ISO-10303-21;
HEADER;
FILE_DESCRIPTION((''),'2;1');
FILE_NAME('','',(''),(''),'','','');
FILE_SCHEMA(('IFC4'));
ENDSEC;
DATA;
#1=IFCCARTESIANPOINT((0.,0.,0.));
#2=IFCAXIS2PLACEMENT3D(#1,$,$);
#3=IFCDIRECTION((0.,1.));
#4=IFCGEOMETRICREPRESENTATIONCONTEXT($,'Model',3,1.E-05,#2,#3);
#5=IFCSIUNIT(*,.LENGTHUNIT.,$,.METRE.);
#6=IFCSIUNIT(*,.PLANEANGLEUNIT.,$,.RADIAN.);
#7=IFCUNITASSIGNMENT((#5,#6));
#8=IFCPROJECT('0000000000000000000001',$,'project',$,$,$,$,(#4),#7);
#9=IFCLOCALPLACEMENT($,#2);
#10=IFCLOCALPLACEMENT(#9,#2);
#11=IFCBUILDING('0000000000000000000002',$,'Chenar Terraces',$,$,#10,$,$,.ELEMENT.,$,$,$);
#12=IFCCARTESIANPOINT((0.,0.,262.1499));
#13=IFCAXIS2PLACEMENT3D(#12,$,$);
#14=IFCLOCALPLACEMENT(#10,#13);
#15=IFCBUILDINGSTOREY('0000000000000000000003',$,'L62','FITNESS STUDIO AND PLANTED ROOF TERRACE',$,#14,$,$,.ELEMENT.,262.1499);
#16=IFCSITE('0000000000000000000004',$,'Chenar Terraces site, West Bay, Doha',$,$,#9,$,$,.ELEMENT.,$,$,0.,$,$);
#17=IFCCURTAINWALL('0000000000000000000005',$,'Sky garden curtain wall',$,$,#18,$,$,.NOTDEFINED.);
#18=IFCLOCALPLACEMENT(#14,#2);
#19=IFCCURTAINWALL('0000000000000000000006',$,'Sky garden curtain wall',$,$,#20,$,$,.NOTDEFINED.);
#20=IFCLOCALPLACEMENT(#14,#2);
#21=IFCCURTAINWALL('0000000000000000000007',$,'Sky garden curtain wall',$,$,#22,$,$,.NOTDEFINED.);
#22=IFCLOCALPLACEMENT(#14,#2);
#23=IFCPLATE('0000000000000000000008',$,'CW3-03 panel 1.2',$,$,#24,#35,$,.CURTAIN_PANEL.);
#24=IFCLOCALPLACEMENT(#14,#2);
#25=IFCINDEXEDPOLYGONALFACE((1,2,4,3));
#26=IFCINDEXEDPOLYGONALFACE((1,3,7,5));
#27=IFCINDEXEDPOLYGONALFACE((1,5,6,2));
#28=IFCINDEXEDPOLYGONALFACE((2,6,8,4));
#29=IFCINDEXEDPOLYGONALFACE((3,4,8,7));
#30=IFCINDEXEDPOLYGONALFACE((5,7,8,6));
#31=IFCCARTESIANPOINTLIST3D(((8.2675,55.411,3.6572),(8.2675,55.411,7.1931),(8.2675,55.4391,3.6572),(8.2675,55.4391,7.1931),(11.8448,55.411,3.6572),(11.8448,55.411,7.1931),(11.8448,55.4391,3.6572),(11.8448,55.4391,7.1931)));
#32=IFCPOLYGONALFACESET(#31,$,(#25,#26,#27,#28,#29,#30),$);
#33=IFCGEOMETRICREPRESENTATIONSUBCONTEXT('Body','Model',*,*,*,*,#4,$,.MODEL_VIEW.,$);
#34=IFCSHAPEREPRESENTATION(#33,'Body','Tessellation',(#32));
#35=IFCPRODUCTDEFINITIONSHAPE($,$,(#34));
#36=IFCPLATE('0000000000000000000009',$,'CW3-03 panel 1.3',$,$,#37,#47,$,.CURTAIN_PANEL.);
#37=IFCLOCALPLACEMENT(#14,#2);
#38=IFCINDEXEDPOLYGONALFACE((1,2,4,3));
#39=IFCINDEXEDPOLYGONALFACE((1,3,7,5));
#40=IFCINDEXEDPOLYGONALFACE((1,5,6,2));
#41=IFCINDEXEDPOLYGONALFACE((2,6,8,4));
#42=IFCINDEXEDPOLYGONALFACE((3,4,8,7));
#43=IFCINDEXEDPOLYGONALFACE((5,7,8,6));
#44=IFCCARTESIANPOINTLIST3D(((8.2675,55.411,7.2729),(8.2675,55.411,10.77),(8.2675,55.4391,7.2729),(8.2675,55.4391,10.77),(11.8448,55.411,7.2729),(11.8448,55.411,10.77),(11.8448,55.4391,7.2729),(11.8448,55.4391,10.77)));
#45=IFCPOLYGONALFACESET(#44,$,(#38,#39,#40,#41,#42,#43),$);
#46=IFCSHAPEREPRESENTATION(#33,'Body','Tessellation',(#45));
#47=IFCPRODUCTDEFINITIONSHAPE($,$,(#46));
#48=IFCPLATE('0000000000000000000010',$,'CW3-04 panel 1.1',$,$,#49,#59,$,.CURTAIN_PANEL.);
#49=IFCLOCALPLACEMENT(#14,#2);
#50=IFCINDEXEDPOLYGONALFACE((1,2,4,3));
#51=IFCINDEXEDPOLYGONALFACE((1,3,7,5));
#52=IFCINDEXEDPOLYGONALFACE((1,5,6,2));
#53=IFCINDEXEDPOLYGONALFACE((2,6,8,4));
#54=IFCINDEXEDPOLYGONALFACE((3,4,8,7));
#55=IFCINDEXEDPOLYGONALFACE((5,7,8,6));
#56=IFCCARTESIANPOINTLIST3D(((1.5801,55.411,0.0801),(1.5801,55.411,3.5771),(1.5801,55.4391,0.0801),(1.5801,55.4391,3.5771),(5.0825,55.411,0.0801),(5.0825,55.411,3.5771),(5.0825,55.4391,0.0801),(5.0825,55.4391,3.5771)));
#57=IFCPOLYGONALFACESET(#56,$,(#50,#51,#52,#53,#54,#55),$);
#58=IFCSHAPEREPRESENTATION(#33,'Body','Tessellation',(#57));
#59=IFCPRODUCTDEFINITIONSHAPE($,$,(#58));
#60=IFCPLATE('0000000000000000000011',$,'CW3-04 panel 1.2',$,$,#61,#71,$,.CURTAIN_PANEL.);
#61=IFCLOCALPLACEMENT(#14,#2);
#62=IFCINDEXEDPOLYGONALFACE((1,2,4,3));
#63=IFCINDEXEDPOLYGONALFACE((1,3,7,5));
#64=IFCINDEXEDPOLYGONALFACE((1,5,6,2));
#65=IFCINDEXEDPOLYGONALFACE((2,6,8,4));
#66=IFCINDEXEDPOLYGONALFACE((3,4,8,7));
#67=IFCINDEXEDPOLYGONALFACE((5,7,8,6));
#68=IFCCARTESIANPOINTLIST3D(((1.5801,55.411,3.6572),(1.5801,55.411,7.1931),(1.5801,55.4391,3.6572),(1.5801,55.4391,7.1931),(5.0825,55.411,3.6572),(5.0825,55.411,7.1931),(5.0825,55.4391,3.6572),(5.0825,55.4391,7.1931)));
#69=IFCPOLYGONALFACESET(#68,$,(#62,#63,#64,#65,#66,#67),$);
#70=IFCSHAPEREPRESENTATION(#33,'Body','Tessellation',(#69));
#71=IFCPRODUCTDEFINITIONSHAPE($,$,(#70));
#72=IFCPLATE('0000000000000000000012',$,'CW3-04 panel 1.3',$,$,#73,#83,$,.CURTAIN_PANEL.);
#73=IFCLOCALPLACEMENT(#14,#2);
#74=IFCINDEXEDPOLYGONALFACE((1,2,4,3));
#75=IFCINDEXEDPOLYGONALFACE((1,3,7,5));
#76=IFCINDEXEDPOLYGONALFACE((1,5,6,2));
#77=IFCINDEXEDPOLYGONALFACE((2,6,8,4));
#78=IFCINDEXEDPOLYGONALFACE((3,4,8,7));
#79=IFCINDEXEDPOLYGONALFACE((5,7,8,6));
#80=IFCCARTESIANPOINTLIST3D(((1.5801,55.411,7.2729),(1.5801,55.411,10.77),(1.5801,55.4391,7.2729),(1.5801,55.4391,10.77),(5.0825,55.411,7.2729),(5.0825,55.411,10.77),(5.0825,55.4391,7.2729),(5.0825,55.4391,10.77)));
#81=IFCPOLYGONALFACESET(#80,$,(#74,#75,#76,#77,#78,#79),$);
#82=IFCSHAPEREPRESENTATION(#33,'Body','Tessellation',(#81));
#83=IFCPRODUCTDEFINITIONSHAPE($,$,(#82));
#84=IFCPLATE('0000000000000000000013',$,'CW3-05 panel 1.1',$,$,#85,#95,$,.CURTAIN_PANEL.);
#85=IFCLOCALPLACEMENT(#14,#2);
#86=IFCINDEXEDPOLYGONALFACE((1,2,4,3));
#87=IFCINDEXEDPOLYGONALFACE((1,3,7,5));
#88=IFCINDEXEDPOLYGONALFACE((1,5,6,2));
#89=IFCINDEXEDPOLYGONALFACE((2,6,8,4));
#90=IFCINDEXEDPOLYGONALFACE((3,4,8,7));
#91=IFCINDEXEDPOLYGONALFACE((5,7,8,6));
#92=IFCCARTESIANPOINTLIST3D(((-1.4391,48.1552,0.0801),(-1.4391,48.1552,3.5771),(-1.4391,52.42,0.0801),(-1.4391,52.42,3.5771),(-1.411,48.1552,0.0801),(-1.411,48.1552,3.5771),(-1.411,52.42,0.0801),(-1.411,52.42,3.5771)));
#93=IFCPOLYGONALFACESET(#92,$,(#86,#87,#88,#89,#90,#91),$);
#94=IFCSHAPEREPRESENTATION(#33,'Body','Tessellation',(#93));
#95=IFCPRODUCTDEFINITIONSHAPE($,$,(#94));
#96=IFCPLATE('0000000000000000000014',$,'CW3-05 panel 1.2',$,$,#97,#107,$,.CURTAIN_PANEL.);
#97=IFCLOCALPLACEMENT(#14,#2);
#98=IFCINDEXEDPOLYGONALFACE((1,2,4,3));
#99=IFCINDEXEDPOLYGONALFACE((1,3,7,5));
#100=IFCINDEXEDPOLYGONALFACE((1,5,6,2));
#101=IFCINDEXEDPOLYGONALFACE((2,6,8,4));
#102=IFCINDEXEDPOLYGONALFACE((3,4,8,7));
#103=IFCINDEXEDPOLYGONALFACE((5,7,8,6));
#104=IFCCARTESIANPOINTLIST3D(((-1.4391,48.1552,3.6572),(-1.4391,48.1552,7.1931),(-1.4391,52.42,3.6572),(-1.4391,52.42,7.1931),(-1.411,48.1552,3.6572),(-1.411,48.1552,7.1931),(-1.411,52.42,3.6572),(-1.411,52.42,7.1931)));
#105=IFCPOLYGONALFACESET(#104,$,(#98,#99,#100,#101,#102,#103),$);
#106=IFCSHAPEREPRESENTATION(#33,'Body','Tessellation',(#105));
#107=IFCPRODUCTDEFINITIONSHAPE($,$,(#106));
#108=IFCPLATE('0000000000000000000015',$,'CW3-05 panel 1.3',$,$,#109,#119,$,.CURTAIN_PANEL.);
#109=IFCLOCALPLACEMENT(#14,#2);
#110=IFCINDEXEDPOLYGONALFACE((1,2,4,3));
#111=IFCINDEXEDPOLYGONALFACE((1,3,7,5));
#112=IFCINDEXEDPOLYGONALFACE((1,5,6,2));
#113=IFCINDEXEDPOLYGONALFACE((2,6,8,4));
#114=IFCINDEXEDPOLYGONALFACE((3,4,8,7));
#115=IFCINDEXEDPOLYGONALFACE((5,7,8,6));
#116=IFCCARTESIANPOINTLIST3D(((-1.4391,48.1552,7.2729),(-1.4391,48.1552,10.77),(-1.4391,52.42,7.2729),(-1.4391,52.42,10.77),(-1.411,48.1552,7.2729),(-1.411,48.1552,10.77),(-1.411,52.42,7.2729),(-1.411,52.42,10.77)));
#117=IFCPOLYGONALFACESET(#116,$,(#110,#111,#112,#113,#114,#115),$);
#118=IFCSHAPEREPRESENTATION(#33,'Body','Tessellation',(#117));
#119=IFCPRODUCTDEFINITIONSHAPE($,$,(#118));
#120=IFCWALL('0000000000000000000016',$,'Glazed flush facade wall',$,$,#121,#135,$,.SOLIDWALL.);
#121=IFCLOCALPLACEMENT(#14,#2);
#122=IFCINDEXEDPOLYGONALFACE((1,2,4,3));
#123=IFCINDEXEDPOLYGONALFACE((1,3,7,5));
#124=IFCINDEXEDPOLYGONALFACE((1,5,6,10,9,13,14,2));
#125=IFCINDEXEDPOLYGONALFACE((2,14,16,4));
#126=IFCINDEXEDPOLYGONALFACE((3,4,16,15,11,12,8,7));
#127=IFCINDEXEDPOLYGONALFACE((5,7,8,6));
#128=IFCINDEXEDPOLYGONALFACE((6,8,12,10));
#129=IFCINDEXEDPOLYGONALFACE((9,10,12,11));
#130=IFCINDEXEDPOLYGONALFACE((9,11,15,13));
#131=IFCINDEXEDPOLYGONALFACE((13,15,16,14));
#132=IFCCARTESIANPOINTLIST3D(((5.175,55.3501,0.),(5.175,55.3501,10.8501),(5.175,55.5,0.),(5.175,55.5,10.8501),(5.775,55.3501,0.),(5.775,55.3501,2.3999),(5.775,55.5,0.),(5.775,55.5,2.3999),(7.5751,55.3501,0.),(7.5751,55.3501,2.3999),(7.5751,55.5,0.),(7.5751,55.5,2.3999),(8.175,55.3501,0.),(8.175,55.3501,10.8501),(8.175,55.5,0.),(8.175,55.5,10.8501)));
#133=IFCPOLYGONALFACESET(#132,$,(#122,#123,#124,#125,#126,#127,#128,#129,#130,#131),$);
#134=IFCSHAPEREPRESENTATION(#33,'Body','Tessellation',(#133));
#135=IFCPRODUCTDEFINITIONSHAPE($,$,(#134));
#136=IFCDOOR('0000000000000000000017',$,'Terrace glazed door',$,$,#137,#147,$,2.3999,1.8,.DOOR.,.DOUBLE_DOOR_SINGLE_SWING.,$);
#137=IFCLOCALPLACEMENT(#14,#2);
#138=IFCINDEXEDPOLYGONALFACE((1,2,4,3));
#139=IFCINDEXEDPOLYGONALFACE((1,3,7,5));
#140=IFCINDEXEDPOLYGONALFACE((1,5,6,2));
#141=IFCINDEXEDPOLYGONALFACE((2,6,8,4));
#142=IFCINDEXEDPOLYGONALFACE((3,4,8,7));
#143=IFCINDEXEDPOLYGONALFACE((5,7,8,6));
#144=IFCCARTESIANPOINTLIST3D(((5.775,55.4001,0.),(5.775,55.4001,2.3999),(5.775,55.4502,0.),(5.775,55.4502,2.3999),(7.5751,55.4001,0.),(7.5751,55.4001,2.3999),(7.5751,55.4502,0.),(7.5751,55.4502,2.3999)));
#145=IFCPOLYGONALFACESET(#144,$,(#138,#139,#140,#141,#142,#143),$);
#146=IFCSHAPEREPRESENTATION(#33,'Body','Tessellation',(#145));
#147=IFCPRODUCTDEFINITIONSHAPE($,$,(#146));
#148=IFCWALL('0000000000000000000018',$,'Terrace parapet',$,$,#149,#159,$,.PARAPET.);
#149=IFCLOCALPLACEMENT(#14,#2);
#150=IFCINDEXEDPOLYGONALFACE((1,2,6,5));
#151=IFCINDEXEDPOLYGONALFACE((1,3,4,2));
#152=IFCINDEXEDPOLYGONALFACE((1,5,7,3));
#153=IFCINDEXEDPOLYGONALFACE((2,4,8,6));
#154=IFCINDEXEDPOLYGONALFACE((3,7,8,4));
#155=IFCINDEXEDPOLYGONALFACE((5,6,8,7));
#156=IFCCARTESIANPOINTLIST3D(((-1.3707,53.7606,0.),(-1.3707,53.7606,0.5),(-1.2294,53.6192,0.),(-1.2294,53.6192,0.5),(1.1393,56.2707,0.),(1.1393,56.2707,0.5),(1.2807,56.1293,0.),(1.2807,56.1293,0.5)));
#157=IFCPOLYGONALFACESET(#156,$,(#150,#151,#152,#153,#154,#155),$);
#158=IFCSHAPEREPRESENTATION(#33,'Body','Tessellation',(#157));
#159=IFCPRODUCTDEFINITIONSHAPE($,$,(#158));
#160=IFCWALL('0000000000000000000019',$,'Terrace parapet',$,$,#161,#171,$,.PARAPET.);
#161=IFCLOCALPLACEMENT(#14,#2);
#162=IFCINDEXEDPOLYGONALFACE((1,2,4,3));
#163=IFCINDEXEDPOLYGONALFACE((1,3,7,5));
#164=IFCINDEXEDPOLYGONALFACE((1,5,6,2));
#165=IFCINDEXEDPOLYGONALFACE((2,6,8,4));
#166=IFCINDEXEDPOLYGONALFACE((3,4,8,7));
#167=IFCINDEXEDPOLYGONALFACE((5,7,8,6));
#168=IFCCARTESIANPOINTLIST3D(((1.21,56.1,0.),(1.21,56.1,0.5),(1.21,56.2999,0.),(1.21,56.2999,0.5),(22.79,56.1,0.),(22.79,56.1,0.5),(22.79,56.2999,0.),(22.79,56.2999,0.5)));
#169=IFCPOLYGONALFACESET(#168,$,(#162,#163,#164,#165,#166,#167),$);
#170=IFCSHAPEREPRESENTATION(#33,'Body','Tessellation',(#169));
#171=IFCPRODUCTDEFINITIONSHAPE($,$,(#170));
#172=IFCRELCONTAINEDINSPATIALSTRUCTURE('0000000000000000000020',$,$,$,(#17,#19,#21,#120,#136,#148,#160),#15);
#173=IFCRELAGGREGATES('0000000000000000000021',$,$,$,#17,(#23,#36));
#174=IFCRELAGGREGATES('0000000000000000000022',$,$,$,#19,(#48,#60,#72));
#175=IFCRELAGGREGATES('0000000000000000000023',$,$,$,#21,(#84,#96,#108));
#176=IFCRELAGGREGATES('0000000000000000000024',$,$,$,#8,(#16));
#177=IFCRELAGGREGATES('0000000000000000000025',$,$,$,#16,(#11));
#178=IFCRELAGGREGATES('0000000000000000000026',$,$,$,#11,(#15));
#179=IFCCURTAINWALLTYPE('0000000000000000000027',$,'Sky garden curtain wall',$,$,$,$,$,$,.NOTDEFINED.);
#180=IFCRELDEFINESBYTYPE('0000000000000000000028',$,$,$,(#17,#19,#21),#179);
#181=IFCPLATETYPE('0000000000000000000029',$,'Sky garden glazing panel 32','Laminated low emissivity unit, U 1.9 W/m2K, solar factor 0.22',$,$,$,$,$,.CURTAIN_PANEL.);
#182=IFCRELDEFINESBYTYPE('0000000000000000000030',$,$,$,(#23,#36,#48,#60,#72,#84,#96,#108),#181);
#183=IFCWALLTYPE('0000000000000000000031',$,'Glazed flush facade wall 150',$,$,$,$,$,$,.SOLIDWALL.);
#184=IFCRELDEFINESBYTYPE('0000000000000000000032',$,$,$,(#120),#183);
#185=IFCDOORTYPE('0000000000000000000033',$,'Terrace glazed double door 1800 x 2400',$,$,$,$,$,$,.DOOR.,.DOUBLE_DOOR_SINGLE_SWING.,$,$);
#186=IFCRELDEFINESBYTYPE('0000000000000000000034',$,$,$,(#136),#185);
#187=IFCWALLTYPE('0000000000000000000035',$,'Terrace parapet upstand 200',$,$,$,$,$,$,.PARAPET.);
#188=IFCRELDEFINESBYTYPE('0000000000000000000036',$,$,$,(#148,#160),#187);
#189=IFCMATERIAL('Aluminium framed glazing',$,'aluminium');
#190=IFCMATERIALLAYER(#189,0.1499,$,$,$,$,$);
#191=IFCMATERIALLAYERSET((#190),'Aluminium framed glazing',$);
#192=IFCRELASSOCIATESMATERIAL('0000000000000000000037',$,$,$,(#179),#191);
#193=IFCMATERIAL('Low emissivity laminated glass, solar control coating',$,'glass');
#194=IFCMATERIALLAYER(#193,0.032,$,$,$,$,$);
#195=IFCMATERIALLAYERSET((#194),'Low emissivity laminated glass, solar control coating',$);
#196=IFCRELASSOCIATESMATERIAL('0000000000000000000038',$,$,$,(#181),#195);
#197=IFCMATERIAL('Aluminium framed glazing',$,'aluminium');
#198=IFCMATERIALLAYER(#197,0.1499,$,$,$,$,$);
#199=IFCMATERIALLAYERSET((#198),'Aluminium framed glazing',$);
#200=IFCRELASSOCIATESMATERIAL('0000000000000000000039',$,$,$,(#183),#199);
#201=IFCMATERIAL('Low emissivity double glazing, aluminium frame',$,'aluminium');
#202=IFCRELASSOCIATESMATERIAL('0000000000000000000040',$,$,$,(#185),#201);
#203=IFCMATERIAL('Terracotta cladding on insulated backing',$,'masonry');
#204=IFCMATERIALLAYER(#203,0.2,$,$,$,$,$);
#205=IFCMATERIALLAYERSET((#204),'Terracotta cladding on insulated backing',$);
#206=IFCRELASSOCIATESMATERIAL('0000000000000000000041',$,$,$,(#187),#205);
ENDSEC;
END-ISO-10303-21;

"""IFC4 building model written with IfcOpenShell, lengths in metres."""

from ifc_helpers import new_model, si_unit, direction, frame, frame_2d, origin, origin_2d, place, context, subcontext, project, spatial, rectangle, extrude, material, layer, layer_set, type_object, element, fill, aggregate, save


model = new_model("IFC4")

# Units and contexts
model_context = context("Model", 3, precision=1e-05, world=origin(), true_north=direction((0.0, 1.0)))
body_context = subcontext(model_context, "Body", "Model", "MODEL_VIEW")
ifc_project = project(units=[si_unit("LENGTHUNIT", "METRE"), si_unit("PLANEANGLEUNIT", "RADIAN")], contexts=[model_context])

# Site, building, storey
site_placement = place(None, origin())
site = spatial("IfcSite", under=ifc_project, at=site_placement, Name="Chenar Terraces site, West Bay, Doha", CompositionType="ELEMENT", RefElevation=0.0)
building_placement = place(site_placement, origin())
building = spatial("IfcBuilding", under=site, at=building_placement, Name="Chenar Terraces", CompositionType="ELEMENT")
storey_placement = place(building_placement, frame((0.0, 0.0, 262.1499)))
storey = spatial("IfcBuildingStorey", under=building, at=storey_placement, Name="L62", Description="FITNESS STUDIO AND PLANTED ROOF TERRACE", CompositionType="ELEMENT", Elevation=262.1499)

# Curtain wall
ifc_material_1 = material(Name="Aluminium framed glazing", Category="aluminium")
ifc_layer_1 = layer(ifc_material_1, 0.1499)
ifc_layer_set_1 = layer_set([ifc_layer_1], Name="Aluminium framed glazing")
curtain_wall_type = type_object("IfcCurtainWallType", Name="Sky garden curtain wall", PredefinedType="NOTDEFINED", material=ifc_layer_set_1)
placement = place(storey_placement, origin())
curtain_wall_1 = element("IfcCurtainWall", 1, at=placement, inside=storey, type_object=curtain_wall_type, Name="Sky garden curtain wall", PredefinedType="NOTDEFINED")

# Curtain wall
curtain_wall_2 = element("IfcCurtainWall", 2, at=placement, inside=storey, type_object=curtain_wall_type, Name="Sky garden curtain wall", PredefinedType="NOTDEFINED")

# Curtain wall
curtain_wall_3 = element("IfcCurtainWall", 3, at=placement, inside=storey, type_object=curtain_wall_type, Name="Sky garden curtain wall", PredefinedType="NOTDEFINED")

# Plates
ifc_material_2 = material(Name="Low emissivity laminated glass, solar control coating", Category="glass")
ifc_layer_2 = layer(ifc_material_2, 0.032)
ifc_layer_set_2 = layer_set([ifc_layer_2], Name="Low emissivity laminated glass, solar control coating")
plate_type = type_object("IfcPlateType", Name="Sky garden glazing panel 32", Description="Laminated low emissivity unit, U 1.9 W/m2K, solar factor 0.22", PredefinedType="CURTAIN_PANEL", material=ifc_layer_set_2)
plate_1_placement = place(storey_placement, frame((10.0562, 55.425, 3.6572), z_axis=(0.0, 0.0, 1.0), x_axis=(-1.0, 0.0, 0.0)))
plate_1 = element("IfcPlate", 4, at=plate_1_placement, type_object=plate_type, Name="CW3-03 panel 1.2", PredefinedType="CURTAIN_PANEL", context=body_context, shape_type="SweptSolid", body=[
    extrude(rectangle(XDim=3.5774, YDim=0.0281, at=origin_2d()), origin(), (0.0, 0.0, 1.0), 3.5359),
])
plate_2_placement = place(storey_placement, frame((10.0562, 55.425, 7.2729), z_axis=(0.0, 0.0, 1.0), x_axis=(-1.0, 0.0, 0.0)))
plate_2 = element("IfcPlate", 5, at=plate_2_placement, type_object=plate_type, Name="CW3-03 panel 1.3", PredefinedType="CURTAIN_PANEL", context=body_context, shape_type="SweptSolid", body=[
    extrude(rectangle(XDim=3.5774, YDim=0.0281, at=origin_2d()), origin(), (0.0, 0.0, 1.0), 3.4971),
])
aggregate(curtain_wall_1, [plate_1, plate_2])
plate_3_placement = place(storey_placement, frame((3.3313, 55.425, 0.0801), z_axis=(0.0, 0.0, 1.0), x_axis=(-1.0, 0.0, 0.0)))
plate_3 = element("IfcPlate", 6, at=plate_3_placement, type_object=plate_type, Name="CW3-04 panel 1.1", PredefinedType="CURTAIN_PANEL", context=body_context, shape_type="SweptSolid", body=[
    extrude(rectangle(XDim=3.5024, YDim=0.0281, at=origin_2d()), origin(), (0.0, 0.0, 1.0), 3.4971),
])
plate_4_placement = place(storey_placement, frame((3.3313, 55.425, 3.6572), z_axis=(0.0, 0.0, 1.0), x_axis=(-1.0, 0.0, 0.0)))
plate_4 = element("IfcPlate", 7, at=plate_4_placement, type_object=plate_type, Name="CW3-04 panel 1.2", PredefinedType="CURTAIN_PANEL", context=body_context, shape_type="SweptSolid", body=[
    extrude(rectangle(XDim=3.5024, YDim=0.0281, at=origin_2d()), origin(), (0.0, 0.0, 1.0), 3.5359),
])
plate_5_placement = place(storey_placement, frame((3.3313, 55.425, 7.2729), z_axis=(0.0, 0.0, 1.0), x_axis=(-1.0, 0.0, 0.0)))
plate_5 = element("IfcPlate", 8, at=plate_5_placement, type_object=plate_type, Name="CW3-04 panel 1.3", PredefinedType="CURTAIN_PANEL", context=body_context, shape_type="SweptSolid", body=[
    extrude(rectangle(XDim=3.5024, YDim=0.0281, at=origin_2d()), origin(), (0.0, 0.0, 1.0), 3.4971),
])
aggregate(curtain_wall_2, [plate_3, plate_4, plate_5])
plate_6_placement = place(storey_placement, frame((-1.425, 50.2876, 0.0801), z_axis=(0.0, 0.0, 1.0), x_axis=(0.0, -1.0, 0.0)))
plate_6 = element("IfcPlate", 9, at=plate_6_placement, type_object=plate_type, Name="CW3-05 panel 1.1", PredefinedType="CURTAIN_PANEL", context=body_context, shape_type="SweptSolid", body=[
    extrude(rectangle(XDim=4.2649, YDim=0.0281, at=origin_2d()), origin(), (0.0, 0.0, 1.0), 3.4971),
])
plate_7_placement = place(storey_placement, frame((-1.425, 50.2876, 3.6572), z_axis=(0.0, 0.0, 1.0), x_axis=(0.0, -1.0, 0.0)))
plate_7 = element("IfcPlate", 10, at=plate_7_placement, type_object=plate_type, Name="CW3-05 panel 1.2", PredefinedType="CURTAIN_PANEL", context=body_context, shape_type="SweptSolid", body=[
    extrude(rectangle(XDim=4.2649, YDim=0.0281, at=origin_2d()), origin(), (0.0, 0.0, 1.0), 3.5359),
])
plate_8_placement = place(storey_placement, frame((-1.425, 50.2876, 7.2729), z_axis=(0.0, 0.0, 1.0), x_axis=(0.0, -1.0, 0.0)))
plate_8 = element("IfcPlate", 11, at=plate_8_placement, type_object=plate_type, Name="CW3-05 panel 1.3", PredefinedType="CURTAIN_PANEL", context=body_context, shape_type="SweptSolid", body=[
    extrude(rectangle(XDim=4.2649, YDim=0.0281, at=origin_2d()), origin(), (0.0, 0.0, 1.0), 3.4971),
])
aggregate(curtain_wall_3, [plate_6, plate_7, plate_8])

# Wall, opening, door
ifc_material_3 = material(Name="Aluminium framed glazing", Category="aluminium")
ifc_layer_3 = layer(ifc_material_3, 0.1499)
ifc_layer_set_3 = layer_set([ifc_layer_3], Name="Aluminium framed glazing")
wall_type_1 = type_object("IfcWallType", Name="Glazed flush facade wall 150", PredefinedType="SOLIDWALL", material=ifc_layer_set_3)
wall_1_placement = place(storey_placement, frame((8.175, 55.425, 0.0), z_axis=(0.0, 0.0, 1.0), x_axis=(-1.0, 0.0, 0.0)))
wall_1 = element("IfcWall", 12, at=wall_1_placement, inside=storey, type_object=wall_type_1, Name="Glazed flush facade wall", PredefinedType="SOLIDWALL", context=body_context, shape_type="SweptSolid", body=[
    extrude(rectangle(XDim=3.0, YDim=0.1499, at=frame_2d((1.5, 0.0))), origin(), (0.0, 0.0, 1.0), 10.8501),
])
opening_1_placement = place(wall_1_placement, frame((0.6001, 0.0, 0.0)))
opening_1 = element("IfcOpeningElement", 13, at=opening_1_placement, cuts=wall_1, PredefinedType="OPENING", context=body_context, shape_type="SweptSolid", body=[
    extrude(rectangle(XDim=1.8, YDim=2.3999, at=frame_2d((0.8999, 1.2))), frame((0.0, 0.085, 0.0), z_axis=(0.0, -1.0, 0.0), x_axis=(1.0, 0.0, 0.0)), (0.0, 0.0, 1.0), 0.1699),
])
ifc_material_4 = material(Name="Low emissivity double glazing, aluminium frame", Category="aluminium")
door_type = type_object("IfcDoorType", Name="Terrace glazed double door 1800 x 2400", OperationType="DOUBLE_DOOR_SINGLE_SWING", PredefinedType="DOOR", material=ifc_material_4)
door_placement = place(opening_1_placement, origin())
door = element("IfcDoor", 14, at=door_placement, inside=storey, type_object=door_type, Name="Terrace glazed door", OperationType="DOUBLE_DOOR_SINGLE_SWING", OverallHeight=2.3999, OverallWidth=1.8, PredefinedType="DOOR", context=body_context, shape_type="SweptSolid", body=[
    extrude(rectangle(XDim=1.8, YDim=2.3999, at=frame_2d((0.8999, 1.2))), frame((0.0, 0.0249, 0.0), z_axis=(0.0, -1.0, 0.0), x_axis=(1.0, 0.0, 0.0)), (0.0, 0.0, 1.0), 0.05),
])
fill(opening_1, door)

# Walls
ifc_material_5 = material(Name="Terracotta cladding on insulated backing", Category="masonry")
ifc_layer_4 = layer(ifc_material_5, 0.2)
ifc_layer_set_4 = layer_set([ifc_layer_4], Name="Terracotta cladding on insulated backing")
wall_type_2 = type_object("IfcWallType", Name="Terrace parapet upstand 200", PredefinedType="PARAPET", material=ifc_layer_set_4)
wall_2_placement = place(storey_placement, frame((-1.3, 53.6899, 0.0), z_axis=(0.0, 0.0, 1.0), x_axis=(0.707107, 0.707107, 0.0)))
element("IfcWall", 15, at=wall_2_placement, inside=storey, type_object=wall_type_2, Name="Terrace parapet", PredefinedType="PARAPET", context=body_context, shape_type="SweptSolid", body=[
    extrude(rectangle(XDim=3.5498, YDim=0.2, at=frame_2d((1.7749, 0.0))), origin(), (0.0, 0.0, 1.0), 0.5),
])
wall_3_placement = place(storey_placement, frame((1.21, 56.2, 0.0), z_axis=(0.0, 0.0, 1.0), x_axis=(1.0, 0.0, 0.0)))
element("IfcWall", 16, at=wall_3_placement, inside=storey, type_object=wall_type_2, Name="Terrace parapet", PredefinedType="PARAPET", context=body_context, shape_type="SweptSolid", body=[
    extrude(rectangle(XDim=21.5801, YDim=0.2, at=frame_2d((10.79, 0.0))), origin(), (0.0, 0.0, 1.0), 0.5),
])

save(model, "model.ifc")
